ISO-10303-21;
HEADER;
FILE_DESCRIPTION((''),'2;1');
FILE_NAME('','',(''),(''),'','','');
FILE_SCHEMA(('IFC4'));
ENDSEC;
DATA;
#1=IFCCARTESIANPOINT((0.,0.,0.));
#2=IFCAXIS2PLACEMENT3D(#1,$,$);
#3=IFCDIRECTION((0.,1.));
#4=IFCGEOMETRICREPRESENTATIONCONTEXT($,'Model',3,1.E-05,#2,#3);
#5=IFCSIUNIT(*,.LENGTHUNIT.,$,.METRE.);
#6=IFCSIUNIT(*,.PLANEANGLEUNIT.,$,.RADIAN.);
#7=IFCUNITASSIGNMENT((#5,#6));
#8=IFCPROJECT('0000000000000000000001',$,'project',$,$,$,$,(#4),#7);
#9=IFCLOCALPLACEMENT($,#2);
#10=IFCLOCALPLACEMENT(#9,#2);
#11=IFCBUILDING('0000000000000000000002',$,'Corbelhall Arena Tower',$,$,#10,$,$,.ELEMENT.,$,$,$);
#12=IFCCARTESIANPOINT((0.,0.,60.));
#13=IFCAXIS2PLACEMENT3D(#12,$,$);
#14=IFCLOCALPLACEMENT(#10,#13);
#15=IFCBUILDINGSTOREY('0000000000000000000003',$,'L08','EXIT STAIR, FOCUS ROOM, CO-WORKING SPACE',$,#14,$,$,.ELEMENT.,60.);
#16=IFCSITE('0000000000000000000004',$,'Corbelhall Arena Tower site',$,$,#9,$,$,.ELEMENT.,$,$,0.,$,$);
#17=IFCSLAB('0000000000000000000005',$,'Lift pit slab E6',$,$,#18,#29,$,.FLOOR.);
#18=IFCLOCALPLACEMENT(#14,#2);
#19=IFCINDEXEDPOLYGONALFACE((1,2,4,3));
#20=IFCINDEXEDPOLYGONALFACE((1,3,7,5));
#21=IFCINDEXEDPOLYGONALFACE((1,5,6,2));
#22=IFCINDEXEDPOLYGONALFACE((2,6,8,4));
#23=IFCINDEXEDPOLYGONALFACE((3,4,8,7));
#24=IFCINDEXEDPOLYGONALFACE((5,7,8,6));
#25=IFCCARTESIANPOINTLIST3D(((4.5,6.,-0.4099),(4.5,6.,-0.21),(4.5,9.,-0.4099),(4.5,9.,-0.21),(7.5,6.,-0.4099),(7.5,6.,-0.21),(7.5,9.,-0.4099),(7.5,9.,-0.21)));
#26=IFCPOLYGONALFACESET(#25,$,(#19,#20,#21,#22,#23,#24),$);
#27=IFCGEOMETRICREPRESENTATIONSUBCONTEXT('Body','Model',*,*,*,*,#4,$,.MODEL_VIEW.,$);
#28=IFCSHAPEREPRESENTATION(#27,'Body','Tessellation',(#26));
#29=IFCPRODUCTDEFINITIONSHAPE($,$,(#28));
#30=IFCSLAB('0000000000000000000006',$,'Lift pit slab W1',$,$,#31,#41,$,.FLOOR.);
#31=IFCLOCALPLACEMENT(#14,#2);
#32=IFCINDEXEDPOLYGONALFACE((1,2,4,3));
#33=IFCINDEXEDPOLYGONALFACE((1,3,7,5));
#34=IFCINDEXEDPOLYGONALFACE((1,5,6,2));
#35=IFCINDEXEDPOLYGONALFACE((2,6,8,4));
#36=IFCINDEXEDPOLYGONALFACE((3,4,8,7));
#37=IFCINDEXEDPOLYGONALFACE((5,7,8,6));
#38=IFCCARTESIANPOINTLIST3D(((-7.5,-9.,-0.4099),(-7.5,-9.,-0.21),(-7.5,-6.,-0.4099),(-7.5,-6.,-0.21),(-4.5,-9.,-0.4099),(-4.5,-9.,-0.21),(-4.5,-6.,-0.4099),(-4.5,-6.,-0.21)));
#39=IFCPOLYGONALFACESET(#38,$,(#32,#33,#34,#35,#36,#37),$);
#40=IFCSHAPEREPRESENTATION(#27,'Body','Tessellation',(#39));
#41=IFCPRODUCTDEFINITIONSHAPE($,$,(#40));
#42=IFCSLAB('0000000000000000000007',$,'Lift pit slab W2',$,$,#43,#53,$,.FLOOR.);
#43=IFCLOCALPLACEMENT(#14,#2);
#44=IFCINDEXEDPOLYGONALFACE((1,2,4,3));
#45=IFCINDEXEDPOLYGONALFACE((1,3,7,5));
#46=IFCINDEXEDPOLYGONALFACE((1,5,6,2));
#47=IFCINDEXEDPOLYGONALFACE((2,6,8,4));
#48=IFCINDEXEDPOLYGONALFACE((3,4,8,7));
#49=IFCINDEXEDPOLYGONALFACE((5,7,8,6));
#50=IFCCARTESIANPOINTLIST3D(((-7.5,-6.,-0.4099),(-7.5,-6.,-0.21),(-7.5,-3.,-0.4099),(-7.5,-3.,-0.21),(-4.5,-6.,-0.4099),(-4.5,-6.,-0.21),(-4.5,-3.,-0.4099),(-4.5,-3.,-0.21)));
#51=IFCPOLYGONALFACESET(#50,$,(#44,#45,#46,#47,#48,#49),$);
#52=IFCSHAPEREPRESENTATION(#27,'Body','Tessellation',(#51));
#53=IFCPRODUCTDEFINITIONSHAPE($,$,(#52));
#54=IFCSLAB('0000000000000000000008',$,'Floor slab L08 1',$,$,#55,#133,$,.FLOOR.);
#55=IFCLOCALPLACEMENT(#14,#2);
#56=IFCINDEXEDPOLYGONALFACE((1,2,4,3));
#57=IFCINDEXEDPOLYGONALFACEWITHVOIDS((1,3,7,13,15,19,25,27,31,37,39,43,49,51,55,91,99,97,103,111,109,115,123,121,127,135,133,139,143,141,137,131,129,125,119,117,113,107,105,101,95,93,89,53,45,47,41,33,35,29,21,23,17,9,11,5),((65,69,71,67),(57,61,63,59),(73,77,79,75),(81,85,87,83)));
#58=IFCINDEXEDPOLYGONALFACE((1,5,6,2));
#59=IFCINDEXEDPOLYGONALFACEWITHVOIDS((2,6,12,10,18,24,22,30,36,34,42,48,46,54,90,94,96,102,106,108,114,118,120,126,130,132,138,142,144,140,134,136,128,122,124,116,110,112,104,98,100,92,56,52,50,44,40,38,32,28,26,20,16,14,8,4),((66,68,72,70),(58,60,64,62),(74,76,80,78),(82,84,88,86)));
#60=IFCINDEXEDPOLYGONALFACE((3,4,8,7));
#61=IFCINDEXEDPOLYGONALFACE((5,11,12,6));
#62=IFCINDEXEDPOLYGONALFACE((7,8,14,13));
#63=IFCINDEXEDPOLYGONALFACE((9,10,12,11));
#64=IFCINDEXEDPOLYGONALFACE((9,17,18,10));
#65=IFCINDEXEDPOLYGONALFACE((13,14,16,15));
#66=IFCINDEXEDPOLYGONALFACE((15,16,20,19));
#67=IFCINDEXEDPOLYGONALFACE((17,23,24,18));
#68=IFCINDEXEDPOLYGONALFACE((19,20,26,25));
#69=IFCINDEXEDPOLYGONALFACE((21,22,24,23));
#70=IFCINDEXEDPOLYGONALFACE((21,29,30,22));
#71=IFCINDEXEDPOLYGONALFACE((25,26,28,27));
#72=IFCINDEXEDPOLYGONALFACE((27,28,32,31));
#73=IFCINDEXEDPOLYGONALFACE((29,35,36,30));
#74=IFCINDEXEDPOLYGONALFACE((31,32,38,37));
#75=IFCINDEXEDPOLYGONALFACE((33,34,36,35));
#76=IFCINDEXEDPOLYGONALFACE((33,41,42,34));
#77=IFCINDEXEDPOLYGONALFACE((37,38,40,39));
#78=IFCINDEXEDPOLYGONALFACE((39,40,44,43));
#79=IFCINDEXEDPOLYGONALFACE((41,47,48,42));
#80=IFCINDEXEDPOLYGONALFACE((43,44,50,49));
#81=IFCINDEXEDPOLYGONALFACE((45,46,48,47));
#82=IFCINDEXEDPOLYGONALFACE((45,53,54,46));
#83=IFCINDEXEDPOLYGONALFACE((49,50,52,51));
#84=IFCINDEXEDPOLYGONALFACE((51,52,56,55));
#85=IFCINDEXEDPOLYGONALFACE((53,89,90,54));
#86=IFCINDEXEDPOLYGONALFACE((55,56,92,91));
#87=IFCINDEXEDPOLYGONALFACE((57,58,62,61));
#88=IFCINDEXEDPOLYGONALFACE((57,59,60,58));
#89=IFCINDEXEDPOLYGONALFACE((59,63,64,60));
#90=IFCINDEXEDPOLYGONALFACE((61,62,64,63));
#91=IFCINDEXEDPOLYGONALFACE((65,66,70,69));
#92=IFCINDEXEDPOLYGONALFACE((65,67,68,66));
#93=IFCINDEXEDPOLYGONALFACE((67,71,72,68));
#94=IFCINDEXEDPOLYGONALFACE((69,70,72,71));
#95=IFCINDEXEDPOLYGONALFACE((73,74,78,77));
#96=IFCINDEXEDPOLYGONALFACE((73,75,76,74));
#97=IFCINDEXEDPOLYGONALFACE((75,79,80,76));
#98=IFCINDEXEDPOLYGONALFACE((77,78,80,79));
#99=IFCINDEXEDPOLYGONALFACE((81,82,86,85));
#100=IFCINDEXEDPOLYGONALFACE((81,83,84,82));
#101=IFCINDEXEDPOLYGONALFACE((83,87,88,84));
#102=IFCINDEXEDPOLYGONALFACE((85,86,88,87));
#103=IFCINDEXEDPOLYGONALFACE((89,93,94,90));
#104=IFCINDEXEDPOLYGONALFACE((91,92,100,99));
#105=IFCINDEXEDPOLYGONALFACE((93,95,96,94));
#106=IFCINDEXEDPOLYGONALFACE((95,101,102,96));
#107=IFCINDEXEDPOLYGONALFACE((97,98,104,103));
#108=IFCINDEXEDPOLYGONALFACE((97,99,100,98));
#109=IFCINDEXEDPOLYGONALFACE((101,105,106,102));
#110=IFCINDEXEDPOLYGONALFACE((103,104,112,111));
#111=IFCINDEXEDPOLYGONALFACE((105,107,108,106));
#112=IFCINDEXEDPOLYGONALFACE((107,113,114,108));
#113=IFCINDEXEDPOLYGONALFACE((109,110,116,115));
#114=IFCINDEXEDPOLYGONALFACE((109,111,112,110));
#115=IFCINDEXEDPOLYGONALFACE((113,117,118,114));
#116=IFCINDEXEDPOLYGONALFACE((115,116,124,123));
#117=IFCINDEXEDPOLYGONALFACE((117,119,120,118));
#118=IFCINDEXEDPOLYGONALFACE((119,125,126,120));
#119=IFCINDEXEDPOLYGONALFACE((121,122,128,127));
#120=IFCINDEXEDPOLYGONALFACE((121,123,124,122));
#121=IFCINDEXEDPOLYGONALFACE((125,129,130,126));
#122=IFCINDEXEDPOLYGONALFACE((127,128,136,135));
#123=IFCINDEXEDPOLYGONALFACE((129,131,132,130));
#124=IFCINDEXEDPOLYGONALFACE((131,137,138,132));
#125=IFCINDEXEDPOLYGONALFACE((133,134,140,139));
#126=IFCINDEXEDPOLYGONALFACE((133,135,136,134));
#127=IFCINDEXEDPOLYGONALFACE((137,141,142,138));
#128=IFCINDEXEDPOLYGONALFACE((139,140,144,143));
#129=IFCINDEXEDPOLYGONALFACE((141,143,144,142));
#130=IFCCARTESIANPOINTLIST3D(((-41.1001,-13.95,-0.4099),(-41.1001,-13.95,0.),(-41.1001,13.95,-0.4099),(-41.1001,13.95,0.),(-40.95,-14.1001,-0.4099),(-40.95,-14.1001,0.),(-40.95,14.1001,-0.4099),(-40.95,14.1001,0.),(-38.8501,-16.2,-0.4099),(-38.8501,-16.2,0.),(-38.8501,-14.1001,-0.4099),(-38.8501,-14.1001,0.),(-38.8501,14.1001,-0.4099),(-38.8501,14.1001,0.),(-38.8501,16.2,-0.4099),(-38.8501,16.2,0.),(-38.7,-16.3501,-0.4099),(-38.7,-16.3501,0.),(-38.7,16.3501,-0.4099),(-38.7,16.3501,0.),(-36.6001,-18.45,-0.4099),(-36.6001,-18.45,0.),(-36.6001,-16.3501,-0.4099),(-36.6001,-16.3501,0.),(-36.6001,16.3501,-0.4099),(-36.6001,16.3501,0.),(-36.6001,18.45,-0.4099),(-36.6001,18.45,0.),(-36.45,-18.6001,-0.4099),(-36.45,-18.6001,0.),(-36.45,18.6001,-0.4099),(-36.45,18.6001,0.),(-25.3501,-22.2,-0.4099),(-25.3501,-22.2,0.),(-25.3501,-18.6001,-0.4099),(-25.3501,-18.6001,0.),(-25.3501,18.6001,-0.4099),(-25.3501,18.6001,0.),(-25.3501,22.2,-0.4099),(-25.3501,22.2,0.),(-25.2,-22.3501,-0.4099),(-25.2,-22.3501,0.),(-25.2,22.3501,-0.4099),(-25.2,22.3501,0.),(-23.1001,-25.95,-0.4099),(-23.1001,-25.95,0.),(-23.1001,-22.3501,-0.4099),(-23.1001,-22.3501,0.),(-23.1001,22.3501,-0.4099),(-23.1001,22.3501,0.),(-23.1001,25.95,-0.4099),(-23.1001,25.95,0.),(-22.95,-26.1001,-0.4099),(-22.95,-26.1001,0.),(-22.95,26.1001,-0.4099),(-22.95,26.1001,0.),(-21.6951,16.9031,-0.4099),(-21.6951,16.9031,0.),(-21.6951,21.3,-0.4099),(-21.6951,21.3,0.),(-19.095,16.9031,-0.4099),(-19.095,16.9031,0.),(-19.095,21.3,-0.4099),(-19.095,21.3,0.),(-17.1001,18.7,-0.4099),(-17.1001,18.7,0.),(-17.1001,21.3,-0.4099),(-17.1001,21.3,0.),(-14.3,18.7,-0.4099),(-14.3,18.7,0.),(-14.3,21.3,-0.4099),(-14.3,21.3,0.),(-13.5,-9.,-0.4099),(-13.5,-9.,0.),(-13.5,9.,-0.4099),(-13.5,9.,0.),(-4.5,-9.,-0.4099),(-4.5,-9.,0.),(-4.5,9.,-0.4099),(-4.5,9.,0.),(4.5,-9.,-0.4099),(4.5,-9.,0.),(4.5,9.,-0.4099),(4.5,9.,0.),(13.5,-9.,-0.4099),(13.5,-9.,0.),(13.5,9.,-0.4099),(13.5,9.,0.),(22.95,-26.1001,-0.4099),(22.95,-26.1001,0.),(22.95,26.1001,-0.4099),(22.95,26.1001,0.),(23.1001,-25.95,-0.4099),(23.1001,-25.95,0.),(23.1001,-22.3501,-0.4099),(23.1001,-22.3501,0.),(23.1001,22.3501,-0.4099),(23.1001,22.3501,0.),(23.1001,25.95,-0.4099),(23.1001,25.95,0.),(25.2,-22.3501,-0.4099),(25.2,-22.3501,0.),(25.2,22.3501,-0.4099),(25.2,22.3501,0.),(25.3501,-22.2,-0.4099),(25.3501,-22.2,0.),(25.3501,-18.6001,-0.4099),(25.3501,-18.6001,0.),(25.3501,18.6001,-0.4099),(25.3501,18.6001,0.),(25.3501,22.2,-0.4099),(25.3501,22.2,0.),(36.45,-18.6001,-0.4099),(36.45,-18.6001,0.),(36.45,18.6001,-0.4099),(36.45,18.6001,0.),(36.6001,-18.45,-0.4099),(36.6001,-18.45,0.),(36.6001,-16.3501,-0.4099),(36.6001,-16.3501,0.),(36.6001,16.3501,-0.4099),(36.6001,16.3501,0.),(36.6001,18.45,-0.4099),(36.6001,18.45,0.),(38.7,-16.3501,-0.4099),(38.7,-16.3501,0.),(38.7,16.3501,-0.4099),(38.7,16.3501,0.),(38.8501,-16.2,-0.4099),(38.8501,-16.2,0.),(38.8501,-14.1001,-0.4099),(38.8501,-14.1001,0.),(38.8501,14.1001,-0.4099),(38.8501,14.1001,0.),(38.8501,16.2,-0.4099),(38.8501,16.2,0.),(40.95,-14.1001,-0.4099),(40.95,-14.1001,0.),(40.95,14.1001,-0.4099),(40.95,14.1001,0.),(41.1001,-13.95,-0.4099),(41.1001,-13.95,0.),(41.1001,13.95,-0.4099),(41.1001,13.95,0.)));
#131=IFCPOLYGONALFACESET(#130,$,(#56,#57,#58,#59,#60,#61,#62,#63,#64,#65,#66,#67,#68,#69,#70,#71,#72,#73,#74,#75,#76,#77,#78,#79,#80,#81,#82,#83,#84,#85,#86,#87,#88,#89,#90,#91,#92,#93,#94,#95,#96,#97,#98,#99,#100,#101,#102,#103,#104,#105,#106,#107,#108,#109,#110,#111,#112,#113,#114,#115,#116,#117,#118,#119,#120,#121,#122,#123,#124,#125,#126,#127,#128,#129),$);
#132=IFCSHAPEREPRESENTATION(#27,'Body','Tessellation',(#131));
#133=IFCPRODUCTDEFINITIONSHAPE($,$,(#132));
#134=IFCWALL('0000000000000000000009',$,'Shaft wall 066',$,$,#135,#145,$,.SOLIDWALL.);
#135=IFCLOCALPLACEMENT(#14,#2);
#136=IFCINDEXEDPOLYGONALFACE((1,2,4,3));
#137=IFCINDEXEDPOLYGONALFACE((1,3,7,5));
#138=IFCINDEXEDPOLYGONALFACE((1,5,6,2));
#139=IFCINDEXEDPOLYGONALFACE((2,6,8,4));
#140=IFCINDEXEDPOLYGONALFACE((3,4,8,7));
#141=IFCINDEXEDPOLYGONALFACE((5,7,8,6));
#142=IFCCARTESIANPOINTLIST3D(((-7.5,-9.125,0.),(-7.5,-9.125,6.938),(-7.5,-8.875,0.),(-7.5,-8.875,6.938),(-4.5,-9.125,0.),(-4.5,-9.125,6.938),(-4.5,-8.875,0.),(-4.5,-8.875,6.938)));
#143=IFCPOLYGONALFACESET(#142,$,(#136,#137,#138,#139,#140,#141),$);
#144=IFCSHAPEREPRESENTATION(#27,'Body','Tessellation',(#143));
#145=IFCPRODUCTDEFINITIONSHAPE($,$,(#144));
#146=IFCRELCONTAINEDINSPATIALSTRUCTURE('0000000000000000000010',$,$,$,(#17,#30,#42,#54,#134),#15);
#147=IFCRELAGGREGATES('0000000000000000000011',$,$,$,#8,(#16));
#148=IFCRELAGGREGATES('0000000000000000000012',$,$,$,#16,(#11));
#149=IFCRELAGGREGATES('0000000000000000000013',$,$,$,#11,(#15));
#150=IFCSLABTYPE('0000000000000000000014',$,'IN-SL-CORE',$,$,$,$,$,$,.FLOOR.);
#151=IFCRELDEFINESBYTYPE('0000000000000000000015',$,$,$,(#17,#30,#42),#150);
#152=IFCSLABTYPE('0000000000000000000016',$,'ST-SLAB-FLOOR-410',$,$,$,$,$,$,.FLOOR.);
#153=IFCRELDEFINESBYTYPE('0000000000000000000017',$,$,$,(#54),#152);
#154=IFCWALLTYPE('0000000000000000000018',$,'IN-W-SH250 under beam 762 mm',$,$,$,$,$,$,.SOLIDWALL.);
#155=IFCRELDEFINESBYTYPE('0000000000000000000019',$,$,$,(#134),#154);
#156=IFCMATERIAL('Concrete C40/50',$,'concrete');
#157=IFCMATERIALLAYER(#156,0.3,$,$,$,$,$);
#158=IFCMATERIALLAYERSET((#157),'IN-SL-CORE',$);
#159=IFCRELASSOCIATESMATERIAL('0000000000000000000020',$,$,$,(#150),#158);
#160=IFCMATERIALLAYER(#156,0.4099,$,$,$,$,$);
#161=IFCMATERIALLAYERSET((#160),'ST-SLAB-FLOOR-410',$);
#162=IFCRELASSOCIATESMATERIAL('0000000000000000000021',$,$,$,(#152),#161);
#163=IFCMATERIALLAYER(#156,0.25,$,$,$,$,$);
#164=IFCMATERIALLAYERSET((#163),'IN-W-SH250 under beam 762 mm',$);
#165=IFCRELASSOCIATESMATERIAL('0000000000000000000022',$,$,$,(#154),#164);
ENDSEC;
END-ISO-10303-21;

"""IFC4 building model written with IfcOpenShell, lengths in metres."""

from ifc_helpers import new_model, si_unit, direction, frame, frame_2d, origin, place, context, subcontext, project, spatial, polyline, rectangle, outline, extrude, material, layer, layer_set, type_object, element, save


model = new_model("IFC4")

# Units and contexts
model_context = context("Model", 3, precision=1e-05, world=origin(), true_north=direction((0.0, 1.0)))
body_context = subcontext(model_context, "Body", "Model", "MODEL_VIEW")
ifc_project = project(units=[si_unit("LENGTHUNIT", "METRE"), si_unit("PLANEANGLEUNIT", "RADIAN")], contexts=[model_context])

# Site, building, storey
site_placement = place(None, origin())
site = spatial("IfcSite", under=ifc_project, at=site_placement, Name="Corbelhall Arena Tower site", CompositionType="ELEMENT", RefElevation=0.0)
building_placement = place(site_placement, origin())
building = spatial("IfcBuilding", under=site, at=building_placement, Name="Corbelhall Arena Tower", CompositionType="ELEMENT")
storey_placement = place(building_placement, frame((0.0, 0.0, 60.0)))
storey = spatial("IfcBuildingStorey", under=building, at=storey_placement, Name="L08", Description="EXIT STAIR, FOCUS ROOM, CO-WORKING SPACE", CompositionType="ELEMENT", Elevation=60.0)

# Slabs
ifc_material_1 = material(Name="Concrete C40/50", Category="concrete")
ifc_layer_1 = layer(ifc_material_1, 0.3)
ifc_layer_set_1 = layer_set([ifc_layer_1], Name="IN-SL-CORE")
slab_type_1 = type_object("IfcSlabType", Name="IN-SL-CORE", PredefinedType="FLOOR", material=ifc_layer_set_1)
slab_1_placement = place(storey_placement, frame((0.0, 0.0, -0.4099)))
element("IfcSlab", 1, at=slab_1_placement, inside=storey, type_object=slab_type_1, Name="Lift pit slab E6", PredefinedType="FLOOR", context=body_context, shape_type="SweptSolid", body=[
    extrude(outline(polyline([(7.5, 6.0), (7.5, 9.0), (4.5, 9.0), (4.5, 6.0), (7.5, 6.0)])), origin(), (0.0, 0.0, 1.0), 0.2),
])
slab_2_placement = place(storey_placement, frame((0.0, 0.0, -0.4099)))
element("IfcSlab", 2, at=slab_2_placement, inside=storey, type_object=slab_type_1, Name="Lift pit slab W1", PredefinedType="FLOOR", context=body_context, shape_type="SweptSolid", body=[
    extrude(outline(polyline([(-4.5, -9.0), (-4.5, -6.0), (-7.5, -6.0), (-7.5, -9.0), (-4.5, -9.0)])), origin(), (0.0, 0.0, 1.0), 0.2),
])
slab_3_placement = place(storey_placement, frame((0.0, 0.0, -0.4099)))
element("IfcSlab", 3, at=slab_3_placement, inside=storey, type_object=slab_type_1, Name="Lift pit slab W2", PredefinedType="FLOOR", context=body_context, shape_type="SweptSolid", body=[
    extrude(outline(polyline([(-4.5, -6.0), (-4.5, -3.0), (-7.5, -3.0), (-7.5, -6.0), (-4.5, -6.0)])), origin(), (0.0, 0.0, 1.0), 0.2),
])
ifc_layer_2 = layer(ifc_material_1, 0.4099)
ifc_layer_set_2 = layer_set([ifc_layer_2], Name="ST-SLAB-FLOOR-410")
slab_type_2 = type_object("IfcSlabType", Name="ST-SLAB-FLOOR-410", PredefinedType="FLOOR", material=ifc_layer_set_2)
slab_4_placement = place(storey_placement, frame((0.0, 0.0, -0.4099)))
element("IfcSlab", 4, at=slab_4_placement, inside=storey, type_object=slab_type_2, Name="Floor slab L08 1", PredefinedType="FLOOR", context=body_context, shape_type="SweptSolid", body=[
    extrude(outline(polyline([(23.1001, 25.95), (22.95, 26.1001), (-22.95, 26.1001), (-23.1001, 25.95), (-23.1001, 22.3501), (-25.2, 22.3501), (-25.3501, 22.2), (-25.3501, 18.6001), (-36.45, 18.6001), (-36.6001, 18.45), (-36.6001, 16.3501), (-38.7, 16.3501), (-38.8501, 16.2), (-38.8501, 14.1001), (-40.95, 14.1001), (-41.1001, 13.95), (-41.1001, -13.95), (-40.95, -14.1001), (-38.8501, -14.1001), (-38.8501, -16.2), (-38.7, -16.3501), (-36.6001, -16.3501), (-36.6001, -18.45), (-36.45, -18.6001), (-25.3501, -18.6001), (-25.3501, -22.2), (-25.2, -22.3501), (-23.1001, -22.3501), (-23.1001, -25.95), (-22.95, -26.1001), (22.95, -26.1001), (23.1001, -25.95), (23.1001, -22.3501), (25.2, -22.3501), (25.3501, -22.2), (25.3501, -18.6001), (36.45, -18.6001), (36.6001, -18.45), (36.6001, -16.3501), (38.7, -16.3501), (38.8501, -16.2), (38.8501, -14.1001), (40.95, -14.1001), (41.1001, -13.95), (41.1001, 13.95), (40.95, 14.1001), (38.8501, 14.1001), (38.8501, 16.2), (38.7, 16.3501), (36.6001, 16.3501), (36.6001, 18.45), (36.45, 18.6001), (25.3501, 18.6001), (25.3501, 22.2), (25.2, 22.3501), (23.1001, 22.3501), (23.1001, 25.95)]), holes=[polyline([(-13.5, 9.0), (-13.5, -9.0), (-4.5, -9.0), (-4.5, 9.0), (-13.5, 9.0)]), polyline([(4.5, 9.0), (4.5, -9.0), (13.5, -9.0), (13.5, 9.0), (4.5, 9.0)]), polyline([(-21.6951, 21.3), (-21.6951, 16.9031), (-19.095, 16.9031), (-19.095, 21.3), (-21.6951, 21.3)]), polyline([(-14.3, 21.3), (-17.1001, 21.3), (-17.1001, 18.7), (-14.3, 18.7), (-14.3, 21.3)])]), origin(), (0.0, 0.0, 1.0), 0.4099),
])

# Wall
ifc_layer_3 = layer(ifc_material_1, 0.25)
ifc_layer_set_3 = layer_set([ifc_layer_3], Name="IN-W-SH250 under beam 762 mm")
wall_type_1 = type_object("IfcWallType", Name="IN-W-SH250 under beam 762 mm", PredefinedType="SOLIDWALL", material=ifc_layer_set_3)
wall_1_placement = place(storey_placement, frame((-4.5, -9.0, 0.0), z_axis=(0.0, 0.0, 1.0), x_axis=(-1.0, 0.0, 0.0)))
element("IfcWall", 5, at=wall_1_placement, inside=storey, type_object=wall_type_1, Name="Shaft wall 066", PredefinedType="SOLIDWALL", context=body_context, shape_type="SweptSolid", body=[
    extrude(rectangle(XDim=3.0, YDim=0.25, at=frame_2d((1.5, 0.0))), origin(), (0.0, 0.0, 1.0), 6.938),
])

save(model, "model.ifc")
